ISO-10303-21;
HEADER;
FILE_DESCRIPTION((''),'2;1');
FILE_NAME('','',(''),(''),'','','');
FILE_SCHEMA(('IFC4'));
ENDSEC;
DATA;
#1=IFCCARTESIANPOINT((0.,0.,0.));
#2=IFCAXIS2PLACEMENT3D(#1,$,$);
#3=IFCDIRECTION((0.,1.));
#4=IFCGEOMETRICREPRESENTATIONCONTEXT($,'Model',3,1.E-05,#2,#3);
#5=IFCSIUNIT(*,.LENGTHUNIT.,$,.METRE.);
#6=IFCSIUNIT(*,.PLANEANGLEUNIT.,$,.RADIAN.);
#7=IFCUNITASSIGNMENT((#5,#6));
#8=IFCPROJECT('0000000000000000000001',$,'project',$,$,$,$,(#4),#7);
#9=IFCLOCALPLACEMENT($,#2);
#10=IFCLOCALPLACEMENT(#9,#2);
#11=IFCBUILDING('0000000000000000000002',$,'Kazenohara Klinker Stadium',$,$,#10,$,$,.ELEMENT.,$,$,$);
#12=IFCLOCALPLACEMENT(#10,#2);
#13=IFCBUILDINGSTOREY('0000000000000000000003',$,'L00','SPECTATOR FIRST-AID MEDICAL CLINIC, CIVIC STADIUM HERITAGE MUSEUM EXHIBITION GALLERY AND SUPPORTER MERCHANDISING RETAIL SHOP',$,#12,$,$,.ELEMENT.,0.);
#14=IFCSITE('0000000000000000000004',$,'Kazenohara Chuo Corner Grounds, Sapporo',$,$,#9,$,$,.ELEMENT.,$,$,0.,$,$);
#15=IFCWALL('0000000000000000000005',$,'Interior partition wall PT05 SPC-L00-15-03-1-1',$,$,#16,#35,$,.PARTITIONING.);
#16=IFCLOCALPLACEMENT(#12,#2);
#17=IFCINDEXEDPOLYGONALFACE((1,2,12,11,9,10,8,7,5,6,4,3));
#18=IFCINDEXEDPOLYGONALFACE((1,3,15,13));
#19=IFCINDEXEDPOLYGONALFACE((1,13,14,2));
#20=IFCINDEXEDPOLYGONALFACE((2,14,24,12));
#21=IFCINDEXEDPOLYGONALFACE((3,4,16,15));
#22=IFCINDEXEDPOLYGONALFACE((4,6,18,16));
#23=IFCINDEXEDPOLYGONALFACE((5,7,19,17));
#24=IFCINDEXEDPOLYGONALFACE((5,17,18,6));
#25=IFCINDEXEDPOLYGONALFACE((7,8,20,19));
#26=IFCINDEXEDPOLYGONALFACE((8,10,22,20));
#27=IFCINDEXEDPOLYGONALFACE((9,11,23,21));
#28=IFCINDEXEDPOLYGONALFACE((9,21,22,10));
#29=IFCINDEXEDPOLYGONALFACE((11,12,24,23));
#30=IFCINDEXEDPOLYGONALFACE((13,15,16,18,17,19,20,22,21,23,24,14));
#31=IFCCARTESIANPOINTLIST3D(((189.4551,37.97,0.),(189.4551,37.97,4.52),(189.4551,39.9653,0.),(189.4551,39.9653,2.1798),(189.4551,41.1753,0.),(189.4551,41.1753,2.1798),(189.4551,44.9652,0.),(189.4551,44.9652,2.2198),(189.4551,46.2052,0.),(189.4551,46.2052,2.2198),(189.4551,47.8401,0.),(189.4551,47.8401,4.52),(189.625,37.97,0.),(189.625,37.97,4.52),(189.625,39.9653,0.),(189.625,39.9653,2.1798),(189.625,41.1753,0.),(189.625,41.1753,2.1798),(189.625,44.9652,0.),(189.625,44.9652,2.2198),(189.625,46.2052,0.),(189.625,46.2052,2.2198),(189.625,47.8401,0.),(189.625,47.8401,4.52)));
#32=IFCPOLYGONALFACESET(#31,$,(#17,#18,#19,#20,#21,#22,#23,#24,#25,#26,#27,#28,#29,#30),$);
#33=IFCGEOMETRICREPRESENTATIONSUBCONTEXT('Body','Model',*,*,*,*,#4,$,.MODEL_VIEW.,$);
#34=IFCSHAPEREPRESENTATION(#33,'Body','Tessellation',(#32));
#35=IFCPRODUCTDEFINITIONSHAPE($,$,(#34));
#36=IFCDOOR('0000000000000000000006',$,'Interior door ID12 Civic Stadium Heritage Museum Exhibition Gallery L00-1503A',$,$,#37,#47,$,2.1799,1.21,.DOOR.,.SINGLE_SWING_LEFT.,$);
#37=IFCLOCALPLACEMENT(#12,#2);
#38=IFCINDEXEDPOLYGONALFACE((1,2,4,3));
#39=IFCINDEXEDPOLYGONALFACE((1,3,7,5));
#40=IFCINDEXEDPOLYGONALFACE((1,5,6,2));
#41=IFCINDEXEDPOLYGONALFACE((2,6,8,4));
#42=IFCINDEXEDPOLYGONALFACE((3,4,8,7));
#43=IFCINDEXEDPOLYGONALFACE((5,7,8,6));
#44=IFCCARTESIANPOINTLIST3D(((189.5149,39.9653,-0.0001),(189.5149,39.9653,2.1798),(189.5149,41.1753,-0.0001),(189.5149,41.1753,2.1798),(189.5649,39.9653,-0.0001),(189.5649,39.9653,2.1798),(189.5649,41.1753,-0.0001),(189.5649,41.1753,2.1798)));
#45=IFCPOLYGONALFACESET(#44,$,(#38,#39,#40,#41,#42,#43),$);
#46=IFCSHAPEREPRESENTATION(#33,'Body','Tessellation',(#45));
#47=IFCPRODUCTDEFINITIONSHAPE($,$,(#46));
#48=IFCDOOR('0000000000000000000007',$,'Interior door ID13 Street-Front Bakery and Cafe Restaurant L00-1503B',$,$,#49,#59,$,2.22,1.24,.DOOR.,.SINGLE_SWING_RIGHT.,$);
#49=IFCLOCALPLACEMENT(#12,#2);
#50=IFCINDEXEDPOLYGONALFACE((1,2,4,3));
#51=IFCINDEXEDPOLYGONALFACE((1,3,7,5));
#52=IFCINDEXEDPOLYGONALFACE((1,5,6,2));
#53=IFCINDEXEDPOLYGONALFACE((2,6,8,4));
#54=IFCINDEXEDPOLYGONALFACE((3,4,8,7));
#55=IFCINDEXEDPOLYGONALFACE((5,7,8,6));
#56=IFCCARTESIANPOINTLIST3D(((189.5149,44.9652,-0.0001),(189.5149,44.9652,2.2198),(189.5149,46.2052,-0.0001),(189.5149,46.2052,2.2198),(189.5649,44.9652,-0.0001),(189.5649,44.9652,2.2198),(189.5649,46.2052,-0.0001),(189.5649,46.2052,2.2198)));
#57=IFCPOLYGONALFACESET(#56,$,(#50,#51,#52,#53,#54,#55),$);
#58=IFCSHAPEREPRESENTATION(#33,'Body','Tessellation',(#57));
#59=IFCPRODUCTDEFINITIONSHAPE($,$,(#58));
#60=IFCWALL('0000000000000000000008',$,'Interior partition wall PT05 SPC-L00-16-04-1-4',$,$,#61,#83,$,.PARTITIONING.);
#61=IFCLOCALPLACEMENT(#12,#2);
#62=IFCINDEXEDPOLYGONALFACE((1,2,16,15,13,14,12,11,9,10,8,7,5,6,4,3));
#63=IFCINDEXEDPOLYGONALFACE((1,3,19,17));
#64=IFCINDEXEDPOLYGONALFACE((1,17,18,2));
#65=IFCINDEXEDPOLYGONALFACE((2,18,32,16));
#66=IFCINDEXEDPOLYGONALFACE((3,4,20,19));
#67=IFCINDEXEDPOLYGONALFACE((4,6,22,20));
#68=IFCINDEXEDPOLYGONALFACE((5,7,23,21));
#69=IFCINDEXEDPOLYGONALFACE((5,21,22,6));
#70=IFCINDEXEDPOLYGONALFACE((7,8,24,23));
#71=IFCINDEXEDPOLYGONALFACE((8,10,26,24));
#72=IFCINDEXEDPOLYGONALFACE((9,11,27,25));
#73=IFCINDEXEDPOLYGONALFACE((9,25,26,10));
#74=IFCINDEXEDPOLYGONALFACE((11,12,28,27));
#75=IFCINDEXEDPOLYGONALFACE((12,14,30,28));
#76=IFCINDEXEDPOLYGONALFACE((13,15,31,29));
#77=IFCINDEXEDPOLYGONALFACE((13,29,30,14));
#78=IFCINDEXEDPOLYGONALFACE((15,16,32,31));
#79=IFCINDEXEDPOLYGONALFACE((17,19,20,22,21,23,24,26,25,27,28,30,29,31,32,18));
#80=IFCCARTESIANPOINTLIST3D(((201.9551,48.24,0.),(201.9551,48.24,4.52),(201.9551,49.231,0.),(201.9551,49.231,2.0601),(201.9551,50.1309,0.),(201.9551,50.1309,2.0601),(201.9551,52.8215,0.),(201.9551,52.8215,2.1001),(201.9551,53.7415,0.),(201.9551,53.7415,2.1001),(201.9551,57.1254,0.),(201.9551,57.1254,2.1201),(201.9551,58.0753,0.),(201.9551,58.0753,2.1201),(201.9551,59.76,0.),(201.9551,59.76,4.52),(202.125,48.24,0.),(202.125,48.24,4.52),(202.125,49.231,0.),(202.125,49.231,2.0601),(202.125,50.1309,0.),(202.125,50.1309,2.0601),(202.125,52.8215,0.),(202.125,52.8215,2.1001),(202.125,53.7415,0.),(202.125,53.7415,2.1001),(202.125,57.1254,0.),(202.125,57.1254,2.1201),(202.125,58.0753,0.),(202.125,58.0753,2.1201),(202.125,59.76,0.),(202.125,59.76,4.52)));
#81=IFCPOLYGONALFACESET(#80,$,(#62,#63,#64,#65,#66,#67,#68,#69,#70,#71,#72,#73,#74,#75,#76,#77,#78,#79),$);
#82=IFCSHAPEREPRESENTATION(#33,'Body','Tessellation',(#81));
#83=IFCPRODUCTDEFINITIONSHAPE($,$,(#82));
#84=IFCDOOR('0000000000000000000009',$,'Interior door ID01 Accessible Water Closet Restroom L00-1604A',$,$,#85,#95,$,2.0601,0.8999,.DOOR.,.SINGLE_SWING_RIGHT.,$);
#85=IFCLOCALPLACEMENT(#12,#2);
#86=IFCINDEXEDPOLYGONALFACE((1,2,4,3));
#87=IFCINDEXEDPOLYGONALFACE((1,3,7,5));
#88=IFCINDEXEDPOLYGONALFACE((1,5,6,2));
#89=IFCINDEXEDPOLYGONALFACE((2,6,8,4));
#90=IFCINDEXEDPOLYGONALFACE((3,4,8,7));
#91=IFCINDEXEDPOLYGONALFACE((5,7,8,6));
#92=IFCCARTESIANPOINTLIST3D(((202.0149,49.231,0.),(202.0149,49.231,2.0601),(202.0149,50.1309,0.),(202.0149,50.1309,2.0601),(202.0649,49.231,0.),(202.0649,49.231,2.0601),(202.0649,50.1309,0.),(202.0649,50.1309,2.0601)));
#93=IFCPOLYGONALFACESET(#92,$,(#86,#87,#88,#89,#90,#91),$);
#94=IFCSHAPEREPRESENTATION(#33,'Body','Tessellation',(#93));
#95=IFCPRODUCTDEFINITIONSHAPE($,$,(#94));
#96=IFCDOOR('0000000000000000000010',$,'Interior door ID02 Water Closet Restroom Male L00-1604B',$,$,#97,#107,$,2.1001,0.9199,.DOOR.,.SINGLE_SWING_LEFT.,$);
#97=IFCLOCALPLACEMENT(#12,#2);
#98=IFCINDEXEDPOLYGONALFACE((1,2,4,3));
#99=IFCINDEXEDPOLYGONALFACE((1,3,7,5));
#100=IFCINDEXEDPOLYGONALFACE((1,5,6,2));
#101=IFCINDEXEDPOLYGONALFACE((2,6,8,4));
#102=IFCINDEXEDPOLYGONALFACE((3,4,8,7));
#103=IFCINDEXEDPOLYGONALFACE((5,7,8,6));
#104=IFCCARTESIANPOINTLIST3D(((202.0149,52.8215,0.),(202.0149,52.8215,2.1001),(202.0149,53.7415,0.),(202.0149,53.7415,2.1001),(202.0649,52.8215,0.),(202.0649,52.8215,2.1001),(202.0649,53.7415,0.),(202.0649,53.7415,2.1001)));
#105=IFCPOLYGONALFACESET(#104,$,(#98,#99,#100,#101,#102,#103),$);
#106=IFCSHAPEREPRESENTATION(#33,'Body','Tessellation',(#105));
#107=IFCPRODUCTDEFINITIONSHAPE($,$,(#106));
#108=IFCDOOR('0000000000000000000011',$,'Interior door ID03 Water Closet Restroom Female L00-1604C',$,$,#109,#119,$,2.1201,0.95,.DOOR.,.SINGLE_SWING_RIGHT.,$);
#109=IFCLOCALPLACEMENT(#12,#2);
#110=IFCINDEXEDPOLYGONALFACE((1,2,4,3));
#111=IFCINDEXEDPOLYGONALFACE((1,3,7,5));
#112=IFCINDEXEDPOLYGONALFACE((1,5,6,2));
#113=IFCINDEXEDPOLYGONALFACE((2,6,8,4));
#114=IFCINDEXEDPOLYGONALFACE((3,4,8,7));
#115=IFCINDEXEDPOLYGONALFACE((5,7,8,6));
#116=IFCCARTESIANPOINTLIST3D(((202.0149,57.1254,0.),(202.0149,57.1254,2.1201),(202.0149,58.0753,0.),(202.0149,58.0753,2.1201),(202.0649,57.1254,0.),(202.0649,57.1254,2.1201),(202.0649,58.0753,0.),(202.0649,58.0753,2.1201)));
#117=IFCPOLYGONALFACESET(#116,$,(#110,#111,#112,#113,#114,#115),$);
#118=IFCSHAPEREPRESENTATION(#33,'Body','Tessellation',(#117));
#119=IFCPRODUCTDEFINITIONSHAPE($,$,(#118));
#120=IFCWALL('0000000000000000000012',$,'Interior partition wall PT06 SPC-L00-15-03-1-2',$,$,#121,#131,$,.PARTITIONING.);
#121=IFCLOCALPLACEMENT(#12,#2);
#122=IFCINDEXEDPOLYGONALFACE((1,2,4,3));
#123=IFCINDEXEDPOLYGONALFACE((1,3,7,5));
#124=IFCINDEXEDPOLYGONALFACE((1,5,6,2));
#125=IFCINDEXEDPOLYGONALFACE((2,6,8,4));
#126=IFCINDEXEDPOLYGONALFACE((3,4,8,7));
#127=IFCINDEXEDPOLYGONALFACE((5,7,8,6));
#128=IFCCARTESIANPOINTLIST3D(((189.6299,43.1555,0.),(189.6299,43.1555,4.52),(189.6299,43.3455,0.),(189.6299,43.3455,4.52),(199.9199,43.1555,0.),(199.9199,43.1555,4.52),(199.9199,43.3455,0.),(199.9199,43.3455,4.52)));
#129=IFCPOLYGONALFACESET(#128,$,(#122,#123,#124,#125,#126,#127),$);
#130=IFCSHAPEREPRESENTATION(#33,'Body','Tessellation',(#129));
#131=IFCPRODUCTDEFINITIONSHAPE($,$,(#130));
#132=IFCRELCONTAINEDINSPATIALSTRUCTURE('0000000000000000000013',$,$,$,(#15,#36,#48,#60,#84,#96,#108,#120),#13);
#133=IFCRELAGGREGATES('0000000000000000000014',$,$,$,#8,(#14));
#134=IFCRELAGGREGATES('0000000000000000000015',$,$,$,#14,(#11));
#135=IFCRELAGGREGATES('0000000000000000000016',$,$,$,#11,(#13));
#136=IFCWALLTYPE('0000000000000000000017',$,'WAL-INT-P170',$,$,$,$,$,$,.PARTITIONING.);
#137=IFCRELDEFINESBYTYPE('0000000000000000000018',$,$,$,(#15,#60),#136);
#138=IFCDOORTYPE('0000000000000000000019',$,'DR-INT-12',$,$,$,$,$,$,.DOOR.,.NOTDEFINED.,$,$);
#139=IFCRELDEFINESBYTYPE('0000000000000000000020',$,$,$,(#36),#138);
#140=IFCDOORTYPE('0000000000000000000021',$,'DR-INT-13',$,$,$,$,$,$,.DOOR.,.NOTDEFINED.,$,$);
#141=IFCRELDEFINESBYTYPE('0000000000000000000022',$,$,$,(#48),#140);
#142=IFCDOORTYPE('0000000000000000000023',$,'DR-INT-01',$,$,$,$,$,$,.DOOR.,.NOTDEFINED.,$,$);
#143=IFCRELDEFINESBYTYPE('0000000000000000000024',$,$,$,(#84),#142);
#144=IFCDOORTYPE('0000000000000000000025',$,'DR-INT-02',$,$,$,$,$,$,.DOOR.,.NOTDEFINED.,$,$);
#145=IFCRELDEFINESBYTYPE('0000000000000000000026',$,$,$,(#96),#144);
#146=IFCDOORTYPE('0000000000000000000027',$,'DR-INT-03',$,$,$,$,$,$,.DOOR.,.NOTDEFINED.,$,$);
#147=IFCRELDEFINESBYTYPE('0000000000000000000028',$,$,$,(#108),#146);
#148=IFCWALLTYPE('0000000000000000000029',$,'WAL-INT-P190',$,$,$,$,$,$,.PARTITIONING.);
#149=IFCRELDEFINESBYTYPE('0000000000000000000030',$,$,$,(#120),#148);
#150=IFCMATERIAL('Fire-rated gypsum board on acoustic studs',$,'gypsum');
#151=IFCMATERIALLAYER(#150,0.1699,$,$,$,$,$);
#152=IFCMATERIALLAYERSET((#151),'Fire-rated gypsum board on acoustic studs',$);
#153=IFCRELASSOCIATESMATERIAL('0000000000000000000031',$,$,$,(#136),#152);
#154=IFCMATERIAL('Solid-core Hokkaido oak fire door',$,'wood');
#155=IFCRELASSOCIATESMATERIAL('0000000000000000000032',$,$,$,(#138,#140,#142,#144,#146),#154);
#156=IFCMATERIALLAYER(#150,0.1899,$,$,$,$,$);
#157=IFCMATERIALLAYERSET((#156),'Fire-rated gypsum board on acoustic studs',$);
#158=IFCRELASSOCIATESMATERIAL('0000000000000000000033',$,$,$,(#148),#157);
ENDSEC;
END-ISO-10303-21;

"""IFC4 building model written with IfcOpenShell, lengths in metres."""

from ifc_helpers import new_model, si_unit, direction, frame, frame_2d, origin, place, context, subcontext, project, spatial, rectangle, extrude, material, layer, layer_set, type_object, element, fill, save


model = new_model("IFC4")

# Units and contexts
model_context = context("Model", 3, precision=1e-05, world=origin(), true_north=direction((0.0, 1.0)))
body_context = subcontext(model_context, "Body", "Model", "MODEL_VIEW")
ifc_project = project(units=[si_unit("LENGTHUNIT", "METRE"), si_unit("PLANEANGLEUNIT", "RADIAN")], contexts=[model_context])

# Site, building, storey
site_placement = place(None, origin())
site = spatial("IfcSite", under=ifc_project, at=site_placement, Name="Kazenohara Chuo Corner Grounds, Sapporo", CompositionType="ELEMENT", RefElevation=0.0)
building_placement = place(site_placement, origin())
building = spatial("IfcBuilding", under=site, at=building_placement, Name="Kazenohara Klinker Stadium", CompositionType="ELEMENT")
storey_placement = place(building_placement, origin())
storey = spatial("IfcBuildingStorey", under=building, at=storey_placement, Name="L00", Description="SPECTATOR FIRST-AID MEDICAL CLINIC, CIVIC STADIUM HERITAGE MUSEUM EXHIBITION GALLERY AND SUPPORTER MERCHANDISING RETAIL SHOP", CompositionType="ELEMENT", Elevation=0.0)

# Shared definitions
ifc_material_1 = material(Name="Fire-rated gypsum board on acoustic studs", Category="gypsum")
ifc_material_2 = material(Name="Solid-core Hokkaido oak fire door", Category="wood")

# Walls, openings, doors
ifc_layer_1 = layer(ifc_material_1, 0.1699)
ifc_layer_set_1 = layer_set([ifc_layer_1], Name="Fire-rated gypsum board on acoustic studs")
wall_type_1 = type_object("IfcWallType", Name="WAL-INT-P170", PredefinedType="PARTITIONING", material=ifc_layer_set_1)
wall_1_placement = place(storey_placement, frame((189.54, 37.97, 0.0), z_axis=(0.0, 0.0, 1.0), x_axis=(0.0, 1.0, 0.0)))
wall_1 = element("IfcWall", 1, at=wall_1_placement, inside=storey, type_object=wall_type_1, Name="Interior partition wall PT05 SPC-L00-15-03-1-1", PredefinedType="PARTITIONING", context=body_context, shape_type="SweptSolid", body=[
    extrude(rectangle(XDim=9.8701, YDim=0.1699, at=frame_2d((4.9351, 0.0))), origin(), (0.0, 0.0, 1.0), 4.52),
])
opening_1_placement = place(wall_1_placement, frame((3.2053, 0.0, 0.0), z_axis=(0.0, 0.0, 1.0), x_axis=(-1.0, 0.0, 0.0)))
opening_1 = element("IfcOpeningElement", 2, at=opening_1_placement, cuts=wall_1, PredefinedType="OPENING", context=body_context, shape_type="SweptSolid", body=[
    extrude(rectangle(XDim=1.21, YDim=2.1799, at=frame_2d((0.605, 1.0898))), frame((0.0, 0.095, 0.0), z_axis=(0.0, -1.0, 0.0), x_axis=(1.0, 0.0, 0.0)), (0.0, 0.0, 1.0), 0.1899),
])
opening_2_placement = place(wall_1_placement, frame((8.2354, 0.0, 0.0), z_axis=(0.0, 0.0, 1.0), x_axis=(-1.0, 0.0, 0.0)))
opening_2 = element("IfcOpeningElement", 3, at=opening_2_placement, cuts=wall_1, PredefinedType="OPENING", context=body_context, shape_type="SweptSolid", body=[
    extrude(rectangle(XDim=1.24, YDim=2.22, at=frame_2d((0.6201, 1.1099))), frame((0.0, 0.095, 0.0), z_axis=(0.0, -1.0, 0.0), x_axis=(1.0, 0.0, 0.0)), (0.0, 0.0, 1.0), 0.1899),
])
door_type_1 = type_object("IfcDoorType", Name="DR-INT-12", OperationType="NOTDEFINED", PredefinedType="DOOR", material=ifc_material_2)
door_1_placement = place(opening_1_placement, origin())
door_1 = element("IfcDoor", 4, at=door_1_placement, inside=storey, type_object=door_type_1, Name="Interior door ID12 Civic Stadium Heritage Museum Exhibition Gallery L00-1503A", OperationType="SINGLE_SWING_LEFT", OverallHeight=2.1799, OverallWidth=1.21, PredefinedType="DOOR", context=body_context, shape_type="SweptSolid", body=[
    extrude(rectangle(XDim=1.21, YDim=2.1799, at=frame_2d((0.605, 1.0898))), frame((0.0, 0.0249, 0.0), z_axis=(0.0, -1.0, 0.0), x_axis=(1.0, 0.0, 0.0)), (0.0, 0.0, 1.0), 0.05),
])
fill(opening_1, door_1)
door_type_2 = type_object("IfcDoorType", Name="DR-INT-13", OperationType="NOTDEFINED", PredefinedType="DOOR", material=ifc_material_2)
door_2_placement = place(opening_2_placement, origin())
door_2 = element("IfcDoor", 5, at=door_2_placement, inside=storey, type_object=door_type_2, Name="Interior door ID13 Street-Front Bakery and Cafe Restaurant L00-1503B", OperationType="SINGLE_SWING_RIGHT", OverallHeight=2.22, OverallWidth=1.24, PredefinedType="DOOR", context=body_context, shape_type="SweptSolid", body=[
    extrude(rectangle(XDim=1.24, YDim=2.22, at=frame_2d((0.6201, 1.1099))), frame((0.0, 0.0249, 0.0), z_axis=(0.0, -1.0, 0.0), x_axis=(1.0, 0.0, 0.0)), (0.0, 0.0, 1.0), 0.05),
])
fill(opening_2, door_2)
wall_2_placement = place(storey_placement, frame((202.04, 48.24, 0.0), z_axis=(0.0, 0.0, 1.0), x_axis=(0.0, 1.0, 0.0)))
wall_2 = element("IfcWall", 6, at=wall_2_placement, inside=storey, type_object=wall_type_1, Name="Interior partition wall PT05 SPC-L00-16-04-1-4", PredefinedType="PARTITIONING", context=body_context, shape_type="SweptSolid", body=[
    extrude(rectangle(XDim=11.52, YDim=0.1699, at=frame_2d((5.76, 0.0))), origin(), (0.0, 0.0, 1.0), 4.52),
])
opening_3_placement = place(wall_2_placement, frame((1.8909, 0.0, 0.0), z_axis=(0.0, 0.0, 1.0), x_axis=(-1.0, 0.0, 0.0)))
opening_3 = element("IfcOpeningElement", 7, at=opening_3_placement, cuts=wall_2, PredefinedType="OPENING", context=body_context, shape_type="SweptSolid", body=[
    extrude(rectangle(XDim=0.8999, YDim=2.0601, at=frame_2d((0.45, 1.03))), frame((0.0, 0.095, 0.0), z_axis=(0.0, -1.0, 0.0), x_axis=(1.0, 0.0, 0.0)), (0.0, 0.0, 1.0), 0.1899),
])
opening_4_placement = place(wall_2_placement, frame((5.5015, 0.0, 0.0), z_axis=(0.0, 0.0, 1.0), x_axis=(-1.0, 0.0, 0.0)))
opening_4 = element("IfcOpeningElement", 8, at=opening_4_placement, cuts=wall_2, PredefinedType="OPENING", context=body_context, shape_type="SweptSolid", body=[
    extrude(rectangle(XDim=0.9199, YDim=2.1001, at=frame_2d((0.46, 1.05))), frame((0.0, 0.095, 0.0), z_axis=(0.0, -1.0, 0.0), x_axis=(1.0, 0.0, 0.0)), (0.0, 0.0, 1.0), 0.1899),
])
opening_5_placement = place(wall_2_placement, frame((9.8354, 0.0, 0.0), z_axis=(0.0, 0.0, 1.0), x_axis=(-1.0, 0.0, 0.0)))
opening_5 = element("IfcOpeningElement", 9, at=opening_5_placement, cuts=wall_2, PredefinedType="OPENING", context=body_context, shape_type="SweptSolid", body=[
    extrude(rectangle(XDim=0.95, YDim=2.1201, at=frame_2d((0.4751, 1.0601))), frame((0.0, 0.095, 0.0), z_axis=(0.0, -1.0, 0.0), x_axis=(1.0, 0.0, 0.0)), (0.0, 0.0, 1.0), 0.1899),
])
door_type_3 = type_object("IfcDoorType", Name="DR-INT-01", OperationType="NOTDEFINED", PredefinedType="DOOR", material=ifc_material_2)
door_3_placement = place(opening_3_placement, origin())
door_3 = element("IfcDoor", 10, at=door_3_placement, inside=storey, type_object=door_type_3, Name="Interior door ID01 Accessible Water Closet Restroom L00-1604A", OperationType="SINGLE_SWING_RIGHT", OverallHeight=2.0601, OverallWidth=0.8999, PredefinedType="DOOR", context=body_context, shape_type="SweptSolid", body=[
    extrude(rectangle(XDim=0.8999, YDim=2.0601, at=frame_2d((0.45, 1.03))), frame((0.0, 0.0249, 0.0), z_axis=(0.0, -1.0, 0.0), x_axis=(1.0, 0.0, 0.0)), (0.0, 0.0, 1.0), 0.05),
])
fill(opening_3, door_3)
door_type_4 = type_object("IfcDoorType", Name="DR-INT-02", OperationType="NOTDEFINED", PredefinedType="DOOR", material=ifc_material_2)
door_4_placement = place(opening_4_placement, origin())
door_4 = element("IfcDoor", 11, at=door_4_placement, inside=storey, type_object=door_type_4, Name="Interior door ID02 Water Closet Restroom Male L00-1604B", OperationType="SINGLE_SWING_LEFT", OverallHeight=2.1001, OverallWidth=0.9199, PredefinedType="DOOR", context=body_context, shape_type="SweptSolid", body=[
    extrude(rectangle(XDim=0.9199, YDim=2.1001, at=frame_2d((0.46, 1.05))), frame((0.0, 0.0249, 0.0), z_axis=(0.0, -1.0, 0.0), x_axis=(1.0, 0.0, 0.0)), (0.0, 0.0, 1.0), 0.05),
])
fill(opening_4, door_4)
door_type_5 = type_object("IfcDoorType", Name="DR-INT-03", OperationType="NOTDEFINED", PredefinedType="DOOR", material=ifc_material_2)
door_5_placement = place(opening_5_placement, origin())
door_5 = element("IfcDoor", 12, at=door_5_placement, inside=storey, type_object=door_type_5, Name="Interior door ID03 Water Closet Restroom Female L00-1604C", OperationType="SINGLE_SWING_RIGHT", OverallHeight=2.1201, OverallWidth=0.95, PredefinedType="DOOR", context=body_context, shape_type="SweptSolid", body=[
    extrude(rectangle(XDim=0.95, YDim=2.1201, at=frame_2d((0.4751, 1.0601))), frame((0.0, 0.0249, 0.0), z_axis=(0.0, -1.0, 0.0), x_axis=(1.0, 0.0, 0.0)), (0.0, 0.0, 1.0), 0.05),
])
fill(opening_5, door_5)

# Wall
ifc_layer_2 = layer(ifc_material_1, 0.1899)
ifc_layer_set_2 = layer_set([ifc_layer_2], Name="Fire-rated gypsum board on acoustic studs")
wall_type_2 = type_object("IfcWallType", Name="WAL-INT-P190", PredefinedType="PARTITIONING", material=ifc_layer_set_2)
wall_3_placement = place(storey_placement, frame((189.6299, 43.2505, 0.0), z_axis=(0.0, 0.0, 1.0), x_axis=(1.0, 0.0, 0.0)))
element("IfcWall", 13, at=wall_3_placement, inside=storey, type_object=wall_type_2, Name="Interior partition wall PT06 SPC-L00-15-03-1-2", PredefinedType="PARTITIONING", context=body_context, shape_type="SweptSolid", body=[
    extrude(rectangle(XDim=10.29, YDim=0.1899, at=frame_2d((5.145, 0.0))), origin(), (0.0, 0.0, 1.0), 4.52),
])

save(model, "model.ifc")
